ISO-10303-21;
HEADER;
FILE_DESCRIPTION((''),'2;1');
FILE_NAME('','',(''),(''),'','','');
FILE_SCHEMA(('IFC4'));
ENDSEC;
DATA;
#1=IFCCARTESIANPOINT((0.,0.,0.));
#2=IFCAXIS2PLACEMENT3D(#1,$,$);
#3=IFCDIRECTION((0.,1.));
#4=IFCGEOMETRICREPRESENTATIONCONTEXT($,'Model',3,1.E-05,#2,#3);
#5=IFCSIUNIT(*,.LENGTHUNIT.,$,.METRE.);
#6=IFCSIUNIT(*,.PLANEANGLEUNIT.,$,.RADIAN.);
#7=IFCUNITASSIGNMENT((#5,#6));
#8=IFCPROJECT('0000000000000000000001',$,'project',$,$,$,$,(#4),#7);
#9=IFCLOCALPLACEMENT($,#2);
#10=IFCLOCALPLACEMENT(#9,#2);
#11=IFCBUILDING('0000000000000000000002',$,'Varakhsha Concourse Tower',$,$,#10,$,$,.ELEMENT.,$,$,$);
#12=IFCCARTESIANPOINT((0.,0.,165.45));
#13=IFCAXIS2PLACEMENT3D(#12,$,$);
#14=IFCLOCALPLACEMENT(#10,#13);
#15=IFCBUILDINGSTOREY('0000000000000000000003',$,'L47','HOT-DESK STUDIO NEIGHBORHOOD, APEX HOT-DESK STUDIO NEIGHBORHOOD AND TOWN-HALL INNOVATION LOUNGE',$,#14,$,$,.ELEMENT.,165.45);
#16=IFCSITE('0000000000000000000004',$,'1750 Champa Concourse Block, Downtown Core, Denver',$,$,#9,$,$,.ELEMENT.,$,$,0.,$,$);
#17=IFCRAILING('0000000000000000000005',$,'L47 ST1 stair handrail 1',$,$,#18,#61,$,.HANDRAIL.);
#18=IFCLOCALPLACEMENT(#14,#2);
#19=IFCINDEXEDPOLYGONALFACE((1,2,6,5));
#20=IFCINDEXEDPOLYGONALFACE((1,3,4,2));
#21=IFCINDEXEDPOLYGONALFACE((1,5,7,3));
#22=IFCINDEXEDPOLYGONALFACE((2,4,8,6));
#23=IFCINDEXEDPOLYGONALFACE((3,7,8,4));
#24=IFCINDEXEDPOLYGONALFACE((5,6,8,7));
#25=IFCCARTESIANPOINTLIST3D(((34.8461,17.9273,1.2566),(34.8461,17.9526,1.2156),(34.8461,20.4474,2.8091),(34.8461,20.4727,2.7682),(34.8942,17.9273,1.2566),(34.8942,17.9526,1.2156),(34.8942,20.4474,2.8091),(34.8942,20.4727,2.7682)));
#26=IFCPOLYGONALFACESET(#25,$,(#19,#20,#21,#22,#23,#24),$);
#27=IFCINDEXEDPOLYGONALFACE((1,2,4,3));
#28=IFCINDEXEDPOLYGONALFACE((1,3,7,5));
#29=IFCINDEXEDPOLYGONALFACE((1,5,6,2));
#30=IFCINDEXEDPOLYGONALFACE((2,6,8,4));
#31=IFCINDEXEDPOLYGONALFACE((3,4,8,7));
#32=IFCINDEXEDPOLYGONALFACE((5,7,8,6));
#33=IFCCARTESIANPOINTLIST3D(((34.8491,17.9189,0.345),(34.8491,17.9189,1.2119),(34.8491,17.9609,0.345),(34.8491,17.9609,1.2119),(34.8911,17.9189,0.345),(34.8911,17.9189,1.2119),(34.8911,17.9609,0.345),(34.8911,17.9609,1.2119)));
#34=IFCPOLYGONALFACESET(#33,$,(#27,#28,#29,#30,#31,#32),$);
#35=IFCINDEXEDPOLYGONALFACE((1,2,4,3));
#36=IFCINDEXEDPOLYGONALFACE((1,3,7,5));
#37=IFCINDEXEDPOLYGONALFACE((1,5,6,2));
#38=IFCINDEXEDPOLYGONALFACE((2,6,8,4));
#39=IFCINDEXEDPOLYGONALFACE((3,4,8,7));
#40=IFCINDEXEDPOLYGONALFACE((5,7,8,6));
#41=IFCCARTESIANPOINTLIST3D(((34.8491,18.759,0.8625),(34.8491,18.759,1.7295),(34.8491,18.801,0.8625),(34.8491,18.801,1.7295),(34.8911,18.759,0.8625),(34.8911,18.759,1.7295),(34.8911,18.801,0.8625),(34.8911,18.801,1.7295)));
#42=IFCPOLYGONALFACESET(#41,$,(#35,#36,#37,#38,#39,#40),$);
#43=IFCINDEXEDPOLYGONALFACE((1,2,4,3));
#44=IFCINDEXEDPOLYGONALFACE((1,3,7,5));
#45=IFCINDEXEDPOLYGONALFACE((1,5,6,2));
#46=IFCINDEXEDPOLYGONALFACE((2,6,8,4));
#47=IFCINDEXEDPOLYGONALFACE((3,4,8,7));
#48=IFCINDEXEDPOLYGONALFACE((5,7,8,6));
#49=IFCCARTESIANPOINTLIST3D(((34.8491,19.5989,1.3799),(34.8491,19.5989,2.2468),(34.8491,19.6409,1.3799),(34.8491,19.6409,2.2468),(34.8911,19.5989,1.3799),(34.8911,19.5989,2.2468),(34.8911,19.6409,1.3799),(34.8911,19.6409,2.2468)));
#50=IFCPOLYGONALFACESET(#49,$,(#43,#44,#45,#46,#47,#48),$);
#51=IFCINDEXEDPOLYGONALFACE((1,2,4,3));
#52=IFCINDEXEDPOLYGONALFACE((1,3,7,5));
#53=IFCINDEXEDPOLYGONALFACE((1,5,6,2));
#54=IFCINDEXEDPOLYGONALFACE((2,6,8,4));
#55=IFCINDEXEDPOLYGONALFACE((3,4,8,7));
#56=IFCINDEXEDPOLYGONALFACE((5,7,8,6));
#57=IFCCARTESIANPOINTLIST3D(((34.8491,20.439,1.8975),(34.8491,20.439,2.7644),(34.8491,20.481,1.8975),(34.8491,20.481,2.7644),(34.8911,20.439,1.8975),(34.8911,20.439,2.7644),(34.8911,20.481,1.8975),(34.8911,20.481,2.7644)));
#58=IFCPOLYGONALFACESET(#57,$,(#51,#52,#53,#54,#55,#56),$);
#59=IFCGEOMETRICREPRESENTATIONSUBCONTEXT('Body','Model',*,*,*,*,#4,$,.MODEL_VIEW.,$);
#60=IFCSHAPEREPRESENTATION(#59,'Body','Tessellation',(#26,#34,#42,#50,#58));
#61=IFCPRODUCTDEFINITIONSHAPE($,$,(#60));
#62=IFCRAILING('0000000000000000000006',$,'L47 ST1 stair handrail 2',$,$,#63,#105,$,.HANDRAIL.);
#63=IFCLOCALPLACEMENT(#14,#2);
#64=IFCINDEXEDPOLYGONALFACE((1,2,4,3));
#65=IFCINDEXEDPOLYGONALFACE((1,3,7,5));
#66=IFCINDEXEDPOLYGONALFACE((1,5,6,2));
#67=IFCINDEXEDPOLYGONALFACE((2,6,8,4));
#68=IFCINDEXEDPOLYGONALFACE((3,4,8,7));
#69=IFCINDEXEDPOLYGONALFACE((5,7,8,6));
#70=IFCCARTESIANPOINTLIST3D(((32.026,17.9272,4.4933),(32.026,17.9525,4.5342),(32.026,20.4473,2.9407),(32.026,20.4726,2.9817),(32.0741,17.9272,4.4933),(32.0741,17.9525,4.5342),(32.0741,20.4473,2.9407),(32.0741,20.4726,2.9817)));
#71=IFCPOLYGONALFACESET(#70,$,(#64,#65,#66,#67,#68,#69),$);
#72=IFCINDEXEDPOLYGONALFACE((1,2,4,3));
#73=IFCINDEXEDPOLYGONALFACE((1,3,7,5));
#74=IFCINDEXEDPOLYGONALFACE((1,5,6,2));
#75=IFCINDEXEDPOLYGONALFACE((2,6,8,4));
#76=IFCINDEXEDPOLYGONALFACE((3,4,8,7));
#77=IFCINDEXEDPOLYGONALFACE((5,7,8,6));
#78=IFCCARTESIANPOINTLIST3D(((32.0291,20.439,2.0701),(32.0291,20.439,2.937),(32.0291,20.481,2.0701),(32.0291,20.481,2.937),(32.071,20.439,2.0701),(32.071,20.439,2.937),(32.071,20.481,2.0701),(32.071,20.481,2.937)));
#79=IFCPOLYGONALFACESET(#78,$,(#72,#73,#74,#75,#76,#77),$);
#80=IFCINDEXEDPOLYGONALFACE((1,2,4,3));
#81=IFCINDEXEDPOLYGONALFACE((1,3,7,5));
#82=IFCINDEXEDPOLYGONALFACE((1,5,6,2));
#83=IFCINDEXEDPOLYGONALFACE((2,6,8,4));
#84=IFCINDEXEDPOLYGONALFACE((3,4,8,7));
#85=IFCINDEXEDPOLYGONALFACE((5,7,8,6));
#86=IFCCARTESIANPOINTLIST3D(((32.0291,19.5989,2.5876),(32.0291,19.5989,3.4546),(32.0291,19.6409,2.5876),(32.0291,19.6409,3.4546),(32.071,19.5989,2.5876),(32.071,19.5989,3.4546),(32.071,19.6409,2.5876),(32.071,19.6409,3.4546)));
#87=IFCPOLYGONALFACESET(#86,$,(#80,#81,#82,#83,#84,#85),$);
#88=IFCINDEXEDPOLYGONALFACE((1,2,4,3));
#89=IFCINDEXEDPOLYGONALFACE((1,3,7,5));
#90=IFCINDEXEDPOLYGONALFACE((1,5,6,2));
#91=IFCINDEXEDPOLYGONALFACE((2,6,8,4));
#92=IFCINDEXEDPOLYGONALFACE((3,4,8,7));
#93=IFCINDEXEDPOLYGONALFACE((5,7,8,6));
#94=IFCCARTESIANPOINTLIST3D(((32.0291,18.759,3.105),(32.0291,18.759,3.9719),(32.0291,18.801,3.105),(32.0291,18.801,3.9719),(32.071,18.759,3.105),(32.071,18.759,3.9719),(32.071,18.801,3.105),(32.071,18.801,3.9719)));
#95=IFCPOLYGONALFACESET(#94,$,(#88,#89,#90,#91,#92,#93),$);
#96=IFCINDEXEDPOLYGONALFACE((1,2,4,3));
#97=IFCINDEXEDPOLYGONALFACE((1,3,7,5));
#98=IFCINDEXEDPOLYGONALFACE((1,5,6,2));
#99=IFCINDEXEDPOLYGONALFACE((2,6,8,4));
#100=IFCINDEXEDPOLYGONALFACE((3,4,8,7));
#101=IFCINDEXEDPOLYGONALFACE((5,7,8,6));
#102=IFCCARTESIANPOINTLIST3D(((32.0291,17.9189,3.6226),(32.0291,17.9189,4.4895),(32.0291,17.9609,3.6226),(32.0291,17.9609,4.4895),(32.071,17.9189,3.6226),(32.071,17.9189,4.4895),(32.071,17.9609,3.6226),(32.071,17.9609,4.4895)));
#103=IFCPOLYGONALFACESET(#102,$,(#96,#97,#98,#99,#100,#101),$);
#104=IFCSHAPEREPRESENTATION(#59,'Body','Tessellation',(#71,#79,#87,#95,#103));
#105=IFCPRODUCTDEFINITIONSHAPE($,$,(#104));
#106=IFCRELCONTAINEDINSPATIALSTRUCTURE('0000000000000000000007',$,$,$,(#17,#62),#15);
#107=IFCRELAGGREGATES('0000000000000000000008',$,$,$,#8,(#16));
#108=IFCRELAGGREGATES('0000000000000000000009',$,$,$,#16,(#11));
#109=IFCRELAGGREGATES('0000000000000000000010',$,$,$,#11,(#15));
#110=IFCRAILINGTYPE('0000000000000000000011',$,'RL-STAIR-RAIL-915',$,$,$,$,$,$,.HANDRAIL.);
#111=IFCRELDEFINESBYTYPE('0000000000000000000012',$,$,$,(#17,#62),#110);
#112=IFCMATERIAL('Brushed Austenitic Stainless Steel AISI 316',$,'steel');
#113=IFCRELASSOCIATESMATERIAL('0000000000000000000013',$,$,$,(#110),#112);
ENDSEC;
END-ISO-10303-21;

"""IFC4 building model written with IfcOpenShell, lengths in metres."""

from ifc_helpers import new_model, si_unit, direction, frame, origin, origin_2d, place, context, subcontext, project, spatial, rectangle, extrude, material, type_object, element, save


model = new_model("IFC4")

# Units and contexts
model_context = context("Model", 3, precision=1e-05, world=origin(), true_north=direction((0.0, 1.0)))
body_context = subcontext(model_context, "Body", "Model", "MODEL_VIEW")
ifc_project = project(units=[si_unit("LENGTHUNIT", "METRE"), si_unit("PLANEANGLEUNIT", "RADIAN")], contexts=[model_context])

# Site, building, storey
site_placement = place(None, origin())
site = spatial("IfcSite", under=ifc_project, at=site_placement, Name="1750 Champa Concourse Block, Downtown Core, Denver", CompositionType="ELEMENT", RefElevation=0.0)
building_placement = place(site_placement, origin())
building = spatial("IfcBuilding", under=site, at=building_placement, Name="Varakhsha Concourse Tower", CompositionType="ELEMENT")
storey_placement = place(building_placement, frame((0.0, 0.0, 165.45)))
storey = spatial("IfcBuildingStorey", under=building, at=storey_placement, Name="L47", Description="HOT-DESK STUDIO NEIGHBORHOOD, APEX HOT-DESK STUDIO NEIGHBORHOOD AND TOWN-HALL INNOVATION LOUNGE", CompositionType="ELEMENT", Elevation=165.45)

# Railings
ifc_material_1 = material(Name="Brushed Austenitic Stainless Steel AISI 316", Category="steel")
railing_type_1 = type_object("IfcRailingType", Name="RL-STAIR-RAIL-915", PredefinedType="HANDRAIL", material=ifc_material_1)
railing_1_placement = place(storey_placement, frame((34.8701, 17.9399, 0.345)))
element("IfcRailing", 1, at=railing_1_placement, inside=storey, type_object=railing_type_1, Name="L47 ST1 stair handrail 1", PredefinedType="HANDRAIL", context=body_context, shape_type="SweptSolid", body=[
    extrude(rectangle(XDim=0.0481, YDim=0.0481, at=origin_2d()), frame((0.0, 0.0, 0.8911), z_axis=(0.0, 0.8514, 0.524516), x_axis=(-1.0, 0.0, 0.0)), (0.0, 0.0, 1.0), 2.96),
    extrude(rectangle(XDim=0.042, YDim=0.042, at=origin_2d()), origin(), (0.0, 0.0, 1.0), 0.8669),
    extrude(rectangle(XDim=0.042, YDim=0.042, at=origin_2d()), frame((0.0, 0.8401, 0.5176)), (0.0, 0.0, 1.0), 0.8669),
    extrude(rectangle(XDim=0.042, YDim=0.042, at=origin_2d()), frame((0.0, 1.6799, 1.0349)), (0.0, 0.0, 1.0), 0.8669),
    extrude(rectangle(XDim=0.042, YDim=0.042, at=origin_2d()), frame((0.0, 2.52, 1.5525)), (0.0, 0.0, 1.0), 0.8669),
])
railing_2_placement = place(storey_placement, frame((32.05, 20.46, 2.0701)))
element("IfcRailing", 2, at=railing_2_placement, inside=storey, type_object=railing_type_1, Name="L47 ST1 stair handrail 2", PredefinedType="HANDRAIL", context=body_context, shape_type="SweptSolid", body=[
    extrude(rectangle(XDim=0.0481, YDim=0.0481, at=origin_2d()), frame((0.0, 0.0, 0.8911), z_axis=(0.0, -0.8514, 0.524516), x_axis=(1.0, 0.0, 0.0)), (0.0, 0.0, 1.0), 2.96),
    extrude(rectangle(XDim=0.042, YDim=0.042, at=origin_2d()), origin(), (0.0, 0.0, 1.0), 0.8669),
    extrude(rectangle(XDim=0.042, YDim=0.042, at=origin_2d()), frame((0.0, -0.8401, 0.5176)), (0.0, 0.0, 1.0), 0.8669),
    extrude(rectangle(XDim=0.042, YDim=0.042, at=origin_2d()), frame((0.0, -1.6799, 1.0349)), (0.0, 0.0, 1.0), 0.8669),
    extrude(rectangle(XDim=0.042, YDim=0.042, at=origin_2d()), frame((0.0, -2.52, 1.5525)), (0.0, 0.0, 1.0), 0.8669),
])

save(model, "model.ifc")
